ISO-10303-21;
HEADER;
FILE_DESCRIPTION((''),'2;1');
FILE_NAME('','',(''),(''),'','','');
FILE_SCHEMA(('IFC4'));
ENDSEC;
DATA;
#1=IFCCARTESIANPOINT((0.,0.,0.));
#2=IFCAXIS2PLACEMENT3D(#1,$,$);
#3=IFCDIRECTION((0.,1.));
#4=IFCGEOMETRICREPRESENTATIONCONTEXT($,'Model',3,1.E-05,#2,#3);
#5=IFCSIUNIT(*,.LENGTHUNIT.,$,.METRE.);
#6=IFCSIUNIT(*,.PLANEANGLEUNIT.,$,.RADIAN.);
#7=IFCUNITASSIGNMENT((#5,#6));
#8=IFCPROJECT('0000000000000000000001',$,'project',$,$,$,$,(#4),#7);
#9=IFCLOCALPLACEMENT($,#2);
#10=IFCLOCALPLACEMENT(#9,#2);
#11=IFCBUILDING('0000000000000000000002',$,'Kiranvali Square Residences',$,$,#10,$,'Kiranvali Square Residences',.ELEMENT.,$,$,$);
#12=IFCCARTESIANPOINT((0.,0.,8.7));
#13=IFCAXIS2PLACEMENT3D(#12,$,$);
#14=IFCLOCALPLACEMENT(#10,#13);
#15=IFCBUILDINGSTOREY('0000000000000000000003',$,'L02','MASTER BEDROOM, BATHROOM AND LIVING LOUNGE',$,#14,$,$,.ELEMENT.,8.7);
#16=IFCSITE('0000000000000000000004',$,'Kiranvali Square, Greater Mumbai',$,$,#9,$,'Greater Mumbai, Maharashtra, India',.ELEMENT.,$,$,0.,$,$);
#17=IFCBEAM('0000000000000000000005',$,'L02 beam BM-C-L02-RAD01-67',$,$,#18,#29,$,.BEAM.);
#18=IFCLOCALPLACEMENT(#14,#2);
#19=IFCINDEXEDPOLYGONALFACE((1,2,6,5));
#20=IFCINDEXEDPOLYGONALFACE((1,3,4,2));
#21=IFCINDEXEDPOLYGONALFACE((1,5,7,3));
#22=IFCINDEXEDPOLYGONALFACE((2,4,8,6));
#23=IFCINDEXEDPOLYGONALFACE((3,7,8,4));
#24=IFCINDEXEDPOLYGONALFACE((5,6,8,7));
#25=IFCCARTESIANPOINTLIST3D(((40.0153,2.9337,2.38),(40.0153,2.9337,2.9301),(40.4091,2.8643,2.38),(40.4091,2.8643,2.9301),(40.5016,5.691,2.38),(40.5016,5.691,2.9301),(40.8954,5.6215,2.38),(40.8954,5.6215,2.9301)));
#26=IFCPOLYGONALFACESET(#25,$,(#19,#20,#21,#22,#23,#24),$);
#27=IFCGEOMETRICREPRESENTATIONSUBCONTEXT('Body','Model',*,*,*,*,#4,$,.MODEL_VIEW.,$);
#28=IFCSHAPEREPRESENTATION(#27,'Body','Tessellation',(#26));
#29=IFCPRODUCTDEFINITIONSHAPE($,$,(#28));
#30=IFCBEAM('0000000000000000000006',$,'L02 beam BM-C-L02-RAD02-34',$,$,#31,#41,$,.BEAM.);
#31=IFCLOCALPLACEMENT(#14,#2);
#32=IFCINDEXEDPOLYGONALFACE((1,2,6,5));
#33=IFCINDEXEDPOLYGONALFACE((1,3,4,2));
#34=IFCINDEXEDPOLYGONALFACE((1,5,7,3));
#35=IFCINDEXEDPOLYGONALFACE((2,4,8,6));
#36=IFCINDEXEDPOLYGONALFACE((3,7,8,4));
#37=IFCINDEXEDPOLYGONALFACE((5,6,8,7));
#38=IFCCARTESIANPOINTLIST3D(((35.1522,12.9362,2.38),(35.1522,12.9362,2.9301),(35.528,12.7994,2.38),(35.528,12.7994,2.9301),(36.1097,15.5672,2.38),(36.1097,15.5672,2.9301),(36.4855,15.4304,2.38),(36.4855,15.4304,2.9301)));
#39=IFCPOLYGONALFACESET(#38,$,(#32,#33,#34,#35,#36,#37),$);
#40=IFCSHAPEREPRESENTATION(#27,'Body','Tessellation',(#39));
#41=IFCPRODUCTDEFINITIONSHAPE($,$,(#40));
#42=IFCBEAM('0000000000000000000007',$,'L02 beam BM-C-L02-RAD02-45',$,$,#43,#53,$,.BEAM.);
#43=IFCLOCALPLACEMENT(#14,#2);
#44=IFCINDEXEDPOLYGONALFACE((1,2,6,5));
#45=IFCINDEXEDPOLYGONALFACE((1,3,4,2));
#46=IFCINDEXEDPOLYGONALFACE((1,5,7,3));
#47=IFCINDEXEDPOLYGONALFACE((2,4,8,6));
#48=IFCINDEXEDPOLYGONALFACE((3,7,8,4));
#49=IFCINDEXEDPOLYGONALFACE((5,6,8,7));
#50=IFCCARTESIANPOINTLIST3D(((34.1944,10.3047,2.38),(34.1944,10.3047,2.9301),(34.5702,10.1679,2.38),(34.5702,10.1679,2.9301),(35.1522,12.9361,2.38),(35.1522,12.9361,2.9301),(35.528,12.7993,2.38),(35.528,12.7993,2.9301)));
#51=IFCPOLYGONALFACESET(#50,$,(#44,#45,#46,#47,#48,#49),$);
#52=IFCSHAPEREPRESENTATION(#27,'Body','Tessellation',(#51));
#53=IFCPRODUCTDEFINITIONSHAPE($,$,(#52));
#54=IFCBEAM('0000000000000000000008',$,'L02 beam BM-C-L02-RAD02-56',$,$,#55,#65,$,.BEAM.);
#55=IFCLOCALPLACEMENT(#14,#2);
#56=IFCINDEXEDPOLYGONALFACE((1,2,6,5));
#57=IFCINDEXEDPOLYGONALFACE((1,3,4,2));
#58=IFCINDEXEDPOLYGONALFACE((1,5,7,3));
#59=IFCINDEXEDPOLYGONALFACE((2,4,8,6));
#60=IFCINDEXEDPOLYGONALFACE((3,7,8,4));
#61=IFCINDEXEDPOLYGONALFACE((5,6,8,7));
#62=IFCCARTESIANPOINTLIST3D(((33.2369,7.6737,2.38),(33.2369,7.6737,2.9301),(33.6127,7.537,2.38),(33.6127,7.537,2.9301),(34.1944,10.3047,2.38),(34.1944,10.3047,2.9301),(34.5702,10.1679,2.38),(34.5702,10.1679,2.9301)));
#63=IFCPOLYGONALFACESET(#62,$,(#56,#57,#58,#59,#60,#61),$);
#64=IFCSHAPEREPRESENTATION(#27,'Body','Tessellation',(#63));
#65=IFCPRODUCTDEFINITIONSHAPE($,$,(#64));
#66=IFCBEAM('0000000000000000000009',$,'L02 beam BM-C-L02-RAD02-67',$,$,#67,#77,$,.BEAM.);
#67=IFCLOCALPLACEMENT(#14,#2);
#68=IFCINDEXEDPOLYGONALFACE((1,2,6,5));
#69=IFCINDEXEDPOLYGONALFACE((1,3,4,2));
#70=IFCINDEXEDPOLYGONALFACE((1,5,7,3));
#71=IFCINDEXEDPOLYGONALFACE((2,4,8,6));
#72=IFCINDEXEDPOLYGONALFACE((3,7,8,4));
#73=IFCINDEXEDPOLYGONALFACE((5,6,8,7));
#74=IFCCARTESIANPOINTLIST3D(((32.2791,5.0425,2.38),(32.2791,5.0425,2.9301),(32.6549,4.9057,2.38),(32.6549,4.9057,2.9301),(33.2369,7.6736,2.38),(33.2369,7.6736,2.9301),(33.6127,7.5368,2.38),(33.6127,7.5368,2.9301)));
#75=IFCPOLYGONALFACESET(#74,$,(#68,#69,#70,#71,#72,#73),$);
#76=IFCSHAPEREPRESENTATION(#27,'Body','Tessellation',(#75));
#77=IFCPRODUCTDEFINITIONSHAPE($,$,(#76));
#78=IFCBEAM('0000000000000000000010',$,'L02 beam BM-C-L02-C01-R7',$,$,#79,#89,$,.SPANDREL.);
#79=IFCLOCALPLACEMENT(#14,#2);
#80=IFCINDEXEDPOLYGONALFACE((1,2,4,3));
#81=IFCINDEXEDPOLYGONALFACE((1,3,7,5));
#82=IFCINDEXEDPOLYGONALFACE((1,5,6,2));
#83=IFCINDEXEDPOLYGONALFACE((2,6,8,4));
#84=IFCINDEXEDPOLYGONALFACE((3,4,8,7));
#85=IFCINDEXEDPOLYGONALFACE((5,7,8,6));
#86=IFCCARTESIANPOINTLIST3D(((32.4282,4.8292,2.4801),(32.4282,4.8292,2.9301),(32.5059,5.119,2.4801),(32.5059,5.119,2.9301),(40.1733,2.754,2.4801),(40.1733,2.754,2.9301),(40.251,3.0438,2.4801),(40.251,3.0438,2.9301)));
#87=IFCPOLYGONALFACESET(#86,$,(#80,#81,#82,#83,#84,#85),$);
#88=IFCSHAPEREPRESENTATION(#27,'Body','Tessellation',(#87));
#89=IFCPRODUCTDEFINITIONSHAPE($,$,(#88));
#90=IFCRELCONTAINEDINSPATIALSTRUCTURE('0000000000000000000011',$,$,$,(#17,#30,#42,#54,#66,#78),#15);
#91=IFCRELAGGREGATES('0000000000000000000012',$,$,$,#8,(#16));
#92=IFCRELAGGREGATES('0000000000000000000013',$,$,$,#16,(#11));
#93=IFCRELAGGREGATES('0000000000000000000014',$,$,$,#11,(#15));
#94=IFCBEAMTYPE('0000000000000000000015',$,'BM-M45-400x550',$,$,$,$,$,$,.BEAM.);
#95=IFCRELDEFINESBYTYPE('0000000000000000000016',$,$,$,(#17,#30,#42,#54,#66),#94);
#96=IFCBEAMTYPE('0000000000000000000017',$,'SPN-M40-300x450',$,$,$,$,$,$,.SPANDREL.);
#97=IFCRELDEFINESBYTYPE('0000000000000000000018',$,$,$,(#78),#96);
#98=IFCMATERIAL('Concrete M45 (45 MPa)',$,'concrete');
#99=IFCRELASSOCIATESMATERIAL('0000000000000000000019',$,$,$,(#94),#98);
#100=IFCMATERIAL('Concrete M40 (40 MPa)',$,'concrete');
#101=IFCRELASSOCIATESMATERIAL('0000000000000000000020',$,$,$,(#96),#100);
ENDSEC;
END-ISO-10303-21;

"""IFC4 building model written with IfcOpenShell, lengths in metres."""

from ifc_helpers import new_model, si_unit, direction, frame, origin, origin_2d, place, context, subcontext, project, spatial, rectangle, extrude, material, material_profile, profile_set, type_object, element, save


model = new_model("IFC4")

# Units and contexts
model_context = context("Model", 3, precision=1e-05, world=origin(), true_north=direction((0.0, 1.0)))
body_context = subcontext(model_context, "Body", "Model", "MODEL_VIEW")
ifc_project = project(units=[si_unit("LENGTHUNIT", "METRE"), si_unit("PLANEANGLEUNIT", "RADIAN")], contexts=[model_context])

# Site, building, storey
site_placement = place(None, origin())
site = spatial("IfcSite", under=ifc_project, at=site_placement, Name="Kiranvali Square, Greater Mumbai", LongName="Greater Mumbai, Maharashtra, India", CompositionType="ELEMENT", RefElevation=0.0)
building_placement = place(site_placement, origin())
building = spatial("IfcBuilding", under=site, at=building_placement, Name="Kiranvali Square Residences", LongName="Kiranvali Square Residences", CompositionType="ELEMENT")
storey_placement = place(building_placement, frame((0.0, 0.0, 8.7)))
storey = spatial("IfcBuildingStorey", under=building, at=storey_placement, Name="L02", Description="MASTER BEDROOM, BATHROOM AND LIVING LOUNGE", CompositionType="ELEMENT", Elevation=8.7)

# Beams
ifc_material_1 = material(Name="Concrete M45 (45 MPa)", Category="concrete")
ifc_material_profile_1 = material_profile(ifc_material_1, rectangle(XDim=0.3999, YDim=0.55, at=origin_2d()), Name="RC 400x550")
ifc_profile_set_1 = profile_set([ifc_material_profile_1], Name="Concrete M45 (45 MPa)")
beam_type_1 = type_object("IfcBeamType", Name="BM-M45-400x550", PredefinedType="BEAM", material=ifc_profile_set_1)
for number, where, z_axis, x_axis, name in (
    (1, (40.6985, 5.6562, 2.655), (-0.173696, -0.984799, 0.0), (0.984799, -0.173696, 0.0), "L02 beam BM-C-L02-RAD01-67"),
    (2, (36.2976, 15.4988, 2.655), (-0.341981, -0.939707, 0.0), (0.939707, -0.341981, 0.0), "L02 beam BM-C-L02-RAD02-34"),
):
    element("IfcBeam", number, at=place(storey_placement, frame(where, z_axis=z_axis, x_axis=x_axis)), inside=storey, type_object=beam_type_1, Name=name, PredefinedType="BEAM", context=body_context, shape_type="SweptSolid", body=[
        extrude(rectangle(XDim=0.3999, YDim=0.55, at=origin_2d()), origin(), (0.0, 0.0, 1.0), 2.7998),
    ])
beam_1_placement = place(storey_placement, frame((35.3401, 12.8677, 2.655), z_axis=(-0.34203, -0.939689, 0.0), x_axis=(0.939689, -0.34203, 0.0)))
element("IfcBeam", 3, at=beam_1_placement, inside=storey, type_object=beam_type_1, Name="L02 beam BM-C-L02-RAD02-45", PredefinedType="BEAM", context=body_context, shape_type="SweptSolid", body=[
    extrude(rectangle(XDim=0.3999, YDim=0.55, at=origin_2d()), origin(), (0.0, 0.0, 1.0), 2.8003),
])
beam_2_placement = place(storey_placement, frame((34.3823, 10.2363, 2.655), z_axis=(-0.341981, -0.939707, 0.0), x_axis=(0.939707, -0.341981, 0.0)))
element("IfcBeam", 4, at=beam_2_placement, inside=storey, type_object=beam_type_1, Name="L02 beam BM-C-L02-RAD02-56", PredefinedType="BEAM", context=body_context, shape_type="SweptSolid", body=[
    extrude(rectangle(XDim=0.3999, YDim=0.55, at=origin_2d()), origin(), (0.0, 0.0, 1.0), 2.7998),
])
beam_3_placement = place(storey_placement, frame((33.4248, 7.6052, 2.655), z_axis=(-0.342058, -0.939679, 0.0), x_axis=(0.939679, -0.342058, 0.0)))
element("IfcBeam", 5, at=beam_3_placement, inside=storey, type_object=beam_type_1, Name="L02 beam BM-C-L02-RAD02-67", PredefinedType="BEAM", context=body_context, shape_type="SweptSolid", body=[
    extrude(rectangle(XDim=0.3999, YDim=0.55, at=origin_2d()), origin(), (0.0, 0.0, 1.0), 2.8),
])
ifc_material_2 = material(Name="Concrete M40 (40 MPa)", Category="concrete")
ifc_material_profile_2 = material_profile(ifc_material_2, rectangle(XDim=0.3, YDim=0.45, at=origin_2d()), Name="RC 300x450")
ifc_profile_set_2 = profile_set([ifc_material_profile_2], Name="Concrete M40 (40 MPa)")
beam_type_2 = type_object("IfcBeamType", Name="SPN-M40-300x450", PredefinedType="SPANDREL", material=ifc_profile_set_2)
beam_4_placement = place(storey_placement, frame((40.2122, 2.8989, 2.7051), z_axis=(-0.965929, 0.258807, 0.0), x_axis=(-0.258807, -0.965929, 0.0)))
element("IfcBeam", 6, at=beam_4_placement, inside=storey, type_object=beam_type_2, Name="L02 beam BM-C-L02-C01-R7", PredefinedType="SPANDREL", context=body_context, shape_type="SweptSolid", body=[
    extrude(rectangle(XDim=0.3, YDim=0.45, at=origin_2d()), origin(), (0.0, 0.0, 1.0), 8.0183),
])

save(model, "model.ifc")
